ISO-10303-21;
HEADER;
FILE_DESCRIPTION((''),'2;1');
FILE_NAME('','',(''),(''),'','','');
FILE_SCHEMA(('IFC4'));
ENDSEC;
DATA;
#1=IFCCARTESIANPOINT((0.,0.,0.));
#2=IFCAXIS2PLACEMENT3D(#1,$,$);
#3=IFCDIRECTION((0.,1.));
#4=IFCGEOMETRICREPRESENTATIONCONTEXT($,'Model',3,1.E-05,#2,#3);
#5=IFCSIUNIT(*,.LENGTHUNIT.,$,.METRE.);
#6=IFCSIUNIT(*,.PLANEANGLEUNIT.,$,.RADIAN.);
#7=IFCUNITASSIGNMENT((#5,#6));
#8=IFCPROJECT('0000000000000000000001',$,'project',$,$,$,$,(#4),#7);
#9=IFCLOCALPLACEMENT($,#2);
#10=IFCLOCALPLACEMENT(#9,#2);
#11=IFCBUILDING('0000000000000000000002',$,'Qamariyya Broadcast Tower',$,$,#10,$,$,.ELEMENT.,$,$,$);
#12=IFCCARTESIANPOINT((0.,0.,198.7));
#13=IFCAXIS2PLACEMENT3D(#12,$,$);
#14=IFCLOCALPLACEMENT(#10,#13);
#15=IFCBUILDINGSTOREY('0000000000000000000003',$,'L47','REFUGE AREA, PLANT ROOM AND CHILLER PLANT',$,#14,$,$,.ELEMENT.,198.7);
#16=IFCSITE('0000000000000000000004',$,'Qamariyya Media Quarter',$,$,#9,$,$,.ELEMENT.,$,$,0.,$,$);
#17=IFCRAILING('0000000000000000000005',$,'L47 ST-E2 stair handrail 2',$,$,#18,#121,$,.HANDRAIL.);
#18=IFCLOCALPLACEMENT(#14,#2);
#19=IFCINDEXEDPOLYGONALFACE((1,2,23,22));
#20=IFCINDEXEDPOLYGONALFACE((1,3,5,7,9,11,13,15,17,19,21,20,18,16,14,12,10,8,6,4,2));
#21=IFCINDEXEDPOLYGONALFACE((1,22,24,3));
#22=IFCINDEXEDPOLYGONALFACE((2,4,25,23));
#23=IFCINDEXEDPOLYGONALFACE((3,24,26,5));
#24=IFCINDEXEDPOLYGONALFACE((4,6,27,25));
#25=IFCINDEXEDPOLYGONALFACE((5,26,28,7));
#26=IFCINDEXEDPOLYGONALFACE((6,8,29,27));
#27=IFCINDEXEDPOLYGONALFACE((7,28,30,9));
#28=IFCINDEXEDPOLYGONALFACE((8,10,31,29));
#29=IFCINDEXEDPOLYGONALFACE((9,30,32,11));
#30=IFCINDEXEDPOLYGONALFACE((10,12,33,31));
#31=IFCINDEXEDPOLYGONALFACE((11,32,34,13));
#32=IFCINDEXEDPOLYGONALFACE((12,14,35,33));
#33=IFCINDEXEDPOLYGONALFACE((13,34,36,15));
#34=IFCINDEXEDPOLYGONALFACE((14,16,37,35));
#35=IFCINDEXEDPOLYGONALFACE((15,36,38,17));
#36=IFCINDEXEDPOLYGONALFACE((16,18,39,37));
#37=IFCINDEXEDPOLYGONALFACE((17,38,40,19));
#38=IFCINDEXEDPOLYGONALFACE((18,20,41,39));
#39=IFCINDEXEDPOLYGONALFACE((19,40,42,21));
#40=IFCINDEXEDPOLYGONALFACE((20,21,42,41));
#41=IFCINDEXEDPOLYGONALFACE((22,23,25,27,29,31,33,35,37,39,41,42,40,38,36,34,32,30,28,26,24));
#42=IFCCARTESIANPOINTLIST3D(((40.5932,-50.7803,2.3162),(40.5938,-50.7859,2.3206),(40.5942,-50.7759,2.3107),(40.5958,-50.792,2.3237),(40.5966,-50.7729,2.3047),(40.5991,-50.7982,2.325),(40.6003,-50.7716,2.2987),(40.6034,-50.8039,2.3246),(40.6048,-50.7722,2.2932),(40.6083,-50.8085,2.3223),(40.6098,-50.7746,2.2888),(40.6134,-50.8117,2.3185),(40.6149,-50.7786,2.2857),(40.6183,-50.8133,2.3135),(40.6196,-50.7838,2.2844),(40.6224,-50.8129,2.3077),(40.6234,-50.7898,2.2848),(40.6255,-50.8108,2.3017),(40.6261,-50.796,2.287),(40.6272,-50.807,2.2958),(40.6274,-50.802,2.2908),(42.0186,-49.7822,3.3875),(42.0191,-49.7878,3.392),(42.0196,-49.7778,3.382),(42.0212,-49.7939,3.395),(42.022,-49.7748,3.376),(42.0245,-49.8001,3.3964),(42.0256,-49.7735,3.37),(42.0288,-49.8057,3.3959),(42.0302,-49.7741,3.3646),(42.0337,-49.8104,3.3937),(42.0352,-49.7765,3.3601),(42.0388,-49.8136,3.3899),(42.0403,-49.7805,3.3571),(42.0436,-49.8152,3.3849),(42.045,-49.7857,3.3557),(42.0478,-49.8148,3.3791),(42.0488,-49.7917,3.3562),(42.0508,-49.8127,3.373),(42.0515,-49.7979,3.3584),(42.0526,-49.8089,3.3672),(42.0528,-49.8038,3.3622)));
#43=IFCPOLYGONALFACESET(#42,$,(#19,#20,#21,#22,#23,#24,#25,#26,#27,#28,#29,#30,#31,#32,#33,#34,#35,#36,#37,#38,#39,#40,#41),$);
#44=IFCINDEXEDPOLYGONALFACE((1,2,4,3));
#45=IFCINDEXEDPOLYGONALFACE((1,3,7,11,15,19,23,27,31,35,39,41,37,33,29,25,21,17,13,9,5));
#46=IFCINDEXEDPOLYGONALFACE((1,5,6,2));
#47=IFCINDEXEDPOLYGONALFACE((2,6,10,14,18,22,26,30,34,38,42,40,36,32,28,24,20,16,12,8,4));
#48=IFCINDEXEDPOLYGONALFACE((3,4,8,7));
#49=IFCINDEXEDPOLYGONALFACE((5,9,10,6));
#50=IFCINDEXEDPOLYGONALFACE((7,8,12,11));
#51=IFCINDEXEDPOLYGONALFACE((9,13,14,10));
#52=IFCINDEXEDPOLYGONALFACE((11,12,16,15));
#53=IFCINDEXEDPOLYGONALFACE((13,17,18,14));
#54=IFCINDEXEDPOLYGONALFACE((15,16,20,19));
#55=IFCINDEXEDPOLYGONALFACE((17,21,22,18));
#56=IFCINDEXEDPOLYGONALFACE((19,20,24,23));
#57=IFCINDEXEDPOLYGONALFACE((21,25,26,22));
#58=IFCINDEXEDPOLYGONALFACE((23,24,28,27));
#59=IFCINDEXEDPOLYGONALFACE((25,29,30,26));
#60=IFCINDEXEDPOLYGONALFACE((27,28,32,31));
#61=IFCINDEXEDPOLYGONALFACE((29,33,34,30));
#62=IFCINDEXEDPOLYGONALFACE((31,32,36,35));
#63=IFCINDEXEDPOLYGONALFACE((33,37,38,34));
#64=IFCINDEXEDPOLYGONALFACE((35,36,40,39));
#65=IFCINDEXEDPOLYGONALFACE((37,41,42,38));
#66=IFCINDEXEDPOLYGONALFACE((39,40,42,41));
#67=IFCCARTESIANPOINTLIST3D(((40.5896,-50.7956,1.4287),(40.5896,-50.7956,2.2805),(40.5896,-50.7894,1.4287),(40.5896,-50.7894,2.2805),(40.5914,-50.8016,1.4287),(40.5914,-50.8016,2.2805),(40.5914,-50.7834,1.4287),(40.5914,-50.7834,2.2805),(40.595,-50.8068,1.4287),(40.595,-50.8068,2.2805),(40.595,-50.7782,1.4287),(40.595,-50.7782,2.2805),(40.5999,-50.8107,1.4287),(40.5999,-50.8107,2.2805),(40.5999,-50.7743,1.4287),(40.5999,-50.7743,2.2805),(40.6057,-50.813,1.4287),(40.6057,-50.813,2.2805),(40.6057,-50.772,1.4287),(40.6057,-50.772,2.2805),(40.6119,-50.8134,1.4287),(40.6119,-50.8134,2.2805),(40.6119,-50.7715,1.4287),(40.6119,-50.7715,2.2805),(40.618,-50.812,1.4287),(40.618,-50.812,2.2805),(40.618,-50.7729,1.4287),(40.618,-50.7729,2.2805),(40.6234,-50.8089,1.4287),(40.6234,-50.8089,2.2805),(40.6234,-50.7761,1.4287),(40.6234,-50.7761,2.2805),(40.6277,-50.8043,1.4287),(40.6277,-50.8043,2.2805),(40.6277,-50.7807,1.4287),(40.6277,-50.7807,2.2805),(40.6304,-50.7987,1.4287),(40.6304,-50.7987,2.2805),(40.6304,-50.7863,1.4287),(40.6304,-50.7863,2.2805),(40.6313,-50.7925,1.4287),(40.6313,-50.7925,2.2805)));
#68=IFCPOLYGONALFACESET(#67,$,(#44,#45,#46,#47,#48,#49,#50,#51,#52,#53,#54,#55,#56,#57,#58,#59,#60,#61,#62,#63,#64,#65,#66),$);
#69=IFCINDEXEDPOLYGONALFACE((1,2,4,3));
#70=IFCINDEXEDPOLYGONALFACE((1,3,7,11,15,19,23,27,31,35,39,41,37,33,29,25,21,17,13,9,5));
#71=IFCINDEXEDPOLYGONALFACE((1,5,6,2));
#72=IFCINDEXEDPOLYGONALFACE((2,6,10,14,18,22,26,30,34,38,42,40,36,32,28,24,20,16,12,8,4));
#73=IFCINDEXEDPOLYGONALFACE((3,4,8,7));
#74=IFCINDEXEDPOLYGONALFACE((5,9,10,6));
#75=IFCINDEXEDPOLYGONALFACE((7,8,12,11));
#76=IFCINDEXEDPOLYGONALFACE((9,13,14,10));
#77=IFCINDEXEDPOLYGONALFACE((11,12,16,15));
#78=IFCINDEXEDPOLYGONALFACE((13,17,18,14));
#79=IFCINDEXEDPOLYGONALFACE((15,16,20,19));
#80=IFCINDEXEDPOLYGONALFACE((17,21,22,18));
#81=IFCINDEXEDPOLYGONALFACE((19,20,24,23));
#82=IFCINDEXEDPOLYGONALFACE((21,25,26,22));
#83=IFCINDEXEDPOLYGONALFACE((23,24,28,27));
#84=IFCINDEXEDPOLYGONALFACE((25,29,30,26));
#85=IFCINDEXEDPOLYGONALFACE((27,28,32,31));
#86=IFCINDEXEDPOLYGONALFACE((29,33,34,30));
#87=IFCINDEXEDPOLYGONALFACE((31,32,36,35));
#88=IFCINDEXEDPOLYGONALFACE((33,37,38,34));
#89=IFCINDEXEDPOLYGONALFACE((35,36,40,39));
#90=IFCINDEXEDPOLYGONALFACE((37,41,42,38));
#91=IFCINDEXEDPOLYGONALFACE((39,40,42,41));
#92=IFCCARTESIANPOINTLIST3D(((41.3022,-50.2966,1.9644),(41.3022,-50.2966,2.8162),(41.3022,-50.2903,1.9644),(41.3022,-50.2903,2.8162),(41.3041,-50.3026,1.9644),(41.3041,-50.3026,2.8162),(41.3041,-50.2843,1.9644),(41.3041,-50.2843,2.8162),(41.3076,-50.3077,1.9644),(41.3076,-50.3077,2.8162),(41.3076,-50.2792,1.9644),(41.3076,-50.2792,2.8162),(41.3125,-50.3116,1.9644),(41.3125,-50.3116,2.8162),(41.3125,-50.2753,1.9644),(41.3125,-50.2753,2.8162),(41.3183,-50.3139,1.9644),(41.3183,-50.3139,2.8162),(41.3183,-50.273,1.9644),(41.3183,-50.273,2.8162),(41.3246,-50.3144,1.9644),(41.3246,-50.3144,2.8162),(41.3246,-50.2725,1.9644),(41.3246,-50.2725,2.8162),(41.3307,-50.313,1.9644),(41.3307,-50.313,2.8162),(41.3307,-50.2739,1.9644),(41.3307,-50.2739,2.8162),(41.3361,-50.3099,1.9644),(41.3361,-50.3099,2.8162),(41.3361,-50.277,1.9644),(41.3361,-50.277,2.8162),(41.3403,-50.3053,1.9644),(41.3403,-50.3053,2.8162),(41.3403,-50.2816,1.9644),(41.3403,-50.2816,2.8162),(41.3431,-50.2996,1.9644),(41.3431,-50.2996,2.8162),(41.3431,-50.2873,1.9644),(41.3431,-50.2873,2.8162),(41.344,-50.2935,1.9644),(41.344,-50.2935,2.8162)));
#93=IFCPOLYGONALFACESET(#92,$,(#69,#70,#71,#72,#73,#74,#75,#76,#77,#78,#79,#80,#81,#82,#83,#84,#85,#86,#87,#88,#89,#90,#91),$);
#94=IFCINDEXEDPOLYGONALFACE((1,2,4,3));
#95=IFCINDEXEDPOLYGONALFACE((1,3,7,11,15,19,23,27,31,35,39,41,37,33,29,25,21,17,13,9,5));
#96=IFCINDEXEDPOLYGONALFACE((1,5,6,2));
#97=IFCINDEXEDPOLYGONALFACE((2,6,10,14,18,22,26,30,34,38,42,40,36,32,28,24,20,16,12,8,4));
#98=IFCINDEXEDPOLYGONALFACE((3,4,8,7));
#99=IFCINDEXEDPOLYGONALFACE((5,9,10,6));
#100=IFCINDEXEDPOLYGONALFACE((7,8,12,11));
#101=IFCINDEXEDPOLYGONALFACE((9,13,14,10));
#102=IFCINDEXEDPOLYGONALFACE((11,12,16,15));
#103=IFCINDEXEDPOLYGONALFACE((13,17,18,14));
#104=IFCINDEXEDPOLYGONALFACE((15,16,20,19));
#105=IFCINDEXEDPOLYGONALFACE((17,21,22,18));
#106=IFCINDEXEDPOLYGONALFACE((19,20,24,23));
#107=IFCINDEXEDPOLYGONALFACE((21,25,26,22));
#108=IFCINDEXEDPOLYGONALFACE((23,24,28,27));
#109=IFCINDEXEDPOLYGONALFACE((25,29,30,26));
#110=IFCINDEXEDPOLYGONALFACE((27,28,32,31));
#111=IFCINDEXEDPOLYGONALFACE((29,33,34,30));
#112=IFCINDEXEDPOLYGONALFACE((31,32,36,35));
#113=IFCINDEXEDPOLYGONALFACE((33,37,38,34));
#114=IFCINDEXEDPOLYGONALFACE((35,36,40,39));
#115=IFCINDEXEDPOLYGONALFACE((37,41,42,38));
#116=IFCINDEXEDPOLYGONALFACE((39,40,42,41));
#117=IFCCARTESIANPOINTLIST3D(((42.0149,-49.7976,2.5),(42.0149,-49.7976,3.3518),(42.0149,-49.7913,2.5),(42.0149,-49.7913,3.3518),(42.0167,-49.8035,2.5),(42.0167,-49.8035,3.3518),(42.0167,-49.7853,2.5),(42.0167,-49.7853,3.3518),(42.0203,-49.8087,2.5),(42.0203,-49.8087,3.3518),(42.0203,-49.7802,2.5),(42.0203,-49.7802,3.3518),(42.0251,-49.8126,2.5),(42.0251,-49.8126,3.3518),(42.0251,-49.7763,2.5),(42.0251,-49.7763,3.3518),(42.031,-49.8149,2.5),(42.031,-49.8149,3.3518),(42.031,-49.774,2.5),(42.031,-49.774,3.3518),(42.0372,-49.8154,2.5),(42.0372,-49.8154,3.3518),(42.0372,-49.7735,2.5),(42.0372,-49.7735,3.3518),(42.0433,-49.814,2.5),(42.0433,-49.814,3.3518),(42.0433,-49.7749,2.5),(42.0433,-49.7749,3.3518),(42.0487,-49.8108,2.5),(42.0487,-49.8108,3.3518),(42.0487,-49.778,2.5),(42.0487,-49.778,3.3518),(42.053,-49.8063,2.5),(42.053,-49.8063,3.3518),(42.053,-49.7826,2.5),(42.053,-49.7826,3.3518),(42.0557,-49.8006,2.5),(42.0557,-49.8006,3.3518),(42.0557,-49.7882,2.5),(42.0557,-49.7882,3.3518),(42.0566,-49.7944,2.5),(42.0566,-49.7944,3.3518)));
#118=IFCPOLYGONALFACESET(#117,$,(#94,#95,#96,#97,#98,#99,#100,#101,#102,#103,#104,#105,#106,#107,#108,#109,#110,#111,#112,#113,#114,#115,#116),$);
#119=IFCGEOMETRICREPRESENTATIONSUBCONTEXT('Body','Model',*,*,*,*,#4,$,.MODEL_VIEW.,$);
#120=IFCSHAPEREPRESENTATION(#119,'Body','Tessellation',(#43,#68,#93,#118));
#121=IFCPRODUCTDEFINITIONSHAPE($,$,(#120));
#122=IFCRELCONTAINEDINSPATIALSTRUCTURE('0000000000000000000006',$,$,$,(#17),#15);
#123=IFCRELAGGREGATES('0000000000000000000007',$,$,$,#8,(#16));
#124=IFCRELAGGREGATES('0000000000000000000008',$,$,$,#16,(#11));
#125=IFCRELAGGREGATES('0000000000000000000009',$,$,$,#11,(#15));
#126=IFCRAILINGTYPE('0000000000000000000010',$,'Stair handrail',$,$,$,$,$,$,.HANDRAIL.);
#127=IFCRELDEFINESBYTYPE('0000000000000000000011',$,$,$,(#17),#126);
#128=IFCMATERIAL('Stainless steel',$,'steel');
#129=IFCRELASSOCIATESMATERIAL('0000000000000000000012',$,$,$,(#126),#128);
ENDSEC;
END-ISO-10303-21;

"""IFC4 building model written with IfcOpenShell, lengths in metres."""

from ifc_helpers import new_model, si_unit, direction, frame, origin, origin_2d, place, context, subcontext, project, spatial, circle, extrude, material, type_object, element, save


model = new_model("IFC4")

# Units and contexts
model_context = context("Model", 3, precision=1e-05, world=origin(), true_north=direction((0.0, 1.0)))
body_context = subcontext(model_context, "Body", "Model", "MODEL_VIEW")
ifc_project = project(units=[si_unit("LENGTHUNIT", "METRE"), si_unit("PLANEANGLEUNIT", "RADIAN")], contexts=[model_context])

# Site, building, storey
site_placement = place(None, origin())
site = spatial("IfcSite", under=ifc_project, at=site_placement, Name="Qamariyya Media Quarter", CompositionType="ELEMENT", RefElevation=0.0)
building_placement = place(site_placement, origin())
building = spatial("IfcBuilding", under=site, at=building_placement, Name="Qamariyya Broadcast Tower", CompositionType="ELEMENT")
storey_placement = place(building_placement, frame((0.0, 0.0, 198.7)))
storey = spatial("IfcBuildingStorey", under=building, at=storey_placement, Name="L47", Description="REFUGE AREA, PLANT ROOM AND CHILLER PLANT", CompositionType="ELEMENT", Elevation=198.7)

# Railing
ifc_material_1 = material(Name="Stainless steel", Category="steel")
railing_type_1 = type_object("IfcRailingType", Name="Stair handrail", PredefinedType="HANDRAIL", material=ifc_material_1)
railing_1_placement = place(storey_placement, frame((40.6104, -50.7925, 1.4287)))
element("IfcRailing", 1, at=railing_1_placement, inside=storey, type_object=railing_type_1, Name="L47 ST-E2 stair handrail 2", PredefinedType="HANDRAIL", context=body_context, shape_type="SweptSolid", body=[
    extrude(circle(Radius=0.0239, at=origin_2d()), frame((0.0, 0.0, 0.876), z_axis=(0.697533, 0.48844, 0.524285), x_axis=(-0.573594, 0.81914, 0.0)), (0.0, 0.0, 1.0), 2.0435),
    extrude(circle(Radius=0.021, at=origin_2d()), origin(), (0.0, 0.0, 1.0), 0.8518),
    extrude(circle(Radius=0.021, at=origin_2d()), frame((0.7126, 0.499, 0.5356)), (0.0, 0.0, 1.0), 0.8518),
    extrude(circle(Radius=0.021, at=origin_2d()), frame((1.4253, 0.998, 1.0713)), (0.0, 0.0, 1.0), 0.8518),
])

save(model, "model.ifc")
